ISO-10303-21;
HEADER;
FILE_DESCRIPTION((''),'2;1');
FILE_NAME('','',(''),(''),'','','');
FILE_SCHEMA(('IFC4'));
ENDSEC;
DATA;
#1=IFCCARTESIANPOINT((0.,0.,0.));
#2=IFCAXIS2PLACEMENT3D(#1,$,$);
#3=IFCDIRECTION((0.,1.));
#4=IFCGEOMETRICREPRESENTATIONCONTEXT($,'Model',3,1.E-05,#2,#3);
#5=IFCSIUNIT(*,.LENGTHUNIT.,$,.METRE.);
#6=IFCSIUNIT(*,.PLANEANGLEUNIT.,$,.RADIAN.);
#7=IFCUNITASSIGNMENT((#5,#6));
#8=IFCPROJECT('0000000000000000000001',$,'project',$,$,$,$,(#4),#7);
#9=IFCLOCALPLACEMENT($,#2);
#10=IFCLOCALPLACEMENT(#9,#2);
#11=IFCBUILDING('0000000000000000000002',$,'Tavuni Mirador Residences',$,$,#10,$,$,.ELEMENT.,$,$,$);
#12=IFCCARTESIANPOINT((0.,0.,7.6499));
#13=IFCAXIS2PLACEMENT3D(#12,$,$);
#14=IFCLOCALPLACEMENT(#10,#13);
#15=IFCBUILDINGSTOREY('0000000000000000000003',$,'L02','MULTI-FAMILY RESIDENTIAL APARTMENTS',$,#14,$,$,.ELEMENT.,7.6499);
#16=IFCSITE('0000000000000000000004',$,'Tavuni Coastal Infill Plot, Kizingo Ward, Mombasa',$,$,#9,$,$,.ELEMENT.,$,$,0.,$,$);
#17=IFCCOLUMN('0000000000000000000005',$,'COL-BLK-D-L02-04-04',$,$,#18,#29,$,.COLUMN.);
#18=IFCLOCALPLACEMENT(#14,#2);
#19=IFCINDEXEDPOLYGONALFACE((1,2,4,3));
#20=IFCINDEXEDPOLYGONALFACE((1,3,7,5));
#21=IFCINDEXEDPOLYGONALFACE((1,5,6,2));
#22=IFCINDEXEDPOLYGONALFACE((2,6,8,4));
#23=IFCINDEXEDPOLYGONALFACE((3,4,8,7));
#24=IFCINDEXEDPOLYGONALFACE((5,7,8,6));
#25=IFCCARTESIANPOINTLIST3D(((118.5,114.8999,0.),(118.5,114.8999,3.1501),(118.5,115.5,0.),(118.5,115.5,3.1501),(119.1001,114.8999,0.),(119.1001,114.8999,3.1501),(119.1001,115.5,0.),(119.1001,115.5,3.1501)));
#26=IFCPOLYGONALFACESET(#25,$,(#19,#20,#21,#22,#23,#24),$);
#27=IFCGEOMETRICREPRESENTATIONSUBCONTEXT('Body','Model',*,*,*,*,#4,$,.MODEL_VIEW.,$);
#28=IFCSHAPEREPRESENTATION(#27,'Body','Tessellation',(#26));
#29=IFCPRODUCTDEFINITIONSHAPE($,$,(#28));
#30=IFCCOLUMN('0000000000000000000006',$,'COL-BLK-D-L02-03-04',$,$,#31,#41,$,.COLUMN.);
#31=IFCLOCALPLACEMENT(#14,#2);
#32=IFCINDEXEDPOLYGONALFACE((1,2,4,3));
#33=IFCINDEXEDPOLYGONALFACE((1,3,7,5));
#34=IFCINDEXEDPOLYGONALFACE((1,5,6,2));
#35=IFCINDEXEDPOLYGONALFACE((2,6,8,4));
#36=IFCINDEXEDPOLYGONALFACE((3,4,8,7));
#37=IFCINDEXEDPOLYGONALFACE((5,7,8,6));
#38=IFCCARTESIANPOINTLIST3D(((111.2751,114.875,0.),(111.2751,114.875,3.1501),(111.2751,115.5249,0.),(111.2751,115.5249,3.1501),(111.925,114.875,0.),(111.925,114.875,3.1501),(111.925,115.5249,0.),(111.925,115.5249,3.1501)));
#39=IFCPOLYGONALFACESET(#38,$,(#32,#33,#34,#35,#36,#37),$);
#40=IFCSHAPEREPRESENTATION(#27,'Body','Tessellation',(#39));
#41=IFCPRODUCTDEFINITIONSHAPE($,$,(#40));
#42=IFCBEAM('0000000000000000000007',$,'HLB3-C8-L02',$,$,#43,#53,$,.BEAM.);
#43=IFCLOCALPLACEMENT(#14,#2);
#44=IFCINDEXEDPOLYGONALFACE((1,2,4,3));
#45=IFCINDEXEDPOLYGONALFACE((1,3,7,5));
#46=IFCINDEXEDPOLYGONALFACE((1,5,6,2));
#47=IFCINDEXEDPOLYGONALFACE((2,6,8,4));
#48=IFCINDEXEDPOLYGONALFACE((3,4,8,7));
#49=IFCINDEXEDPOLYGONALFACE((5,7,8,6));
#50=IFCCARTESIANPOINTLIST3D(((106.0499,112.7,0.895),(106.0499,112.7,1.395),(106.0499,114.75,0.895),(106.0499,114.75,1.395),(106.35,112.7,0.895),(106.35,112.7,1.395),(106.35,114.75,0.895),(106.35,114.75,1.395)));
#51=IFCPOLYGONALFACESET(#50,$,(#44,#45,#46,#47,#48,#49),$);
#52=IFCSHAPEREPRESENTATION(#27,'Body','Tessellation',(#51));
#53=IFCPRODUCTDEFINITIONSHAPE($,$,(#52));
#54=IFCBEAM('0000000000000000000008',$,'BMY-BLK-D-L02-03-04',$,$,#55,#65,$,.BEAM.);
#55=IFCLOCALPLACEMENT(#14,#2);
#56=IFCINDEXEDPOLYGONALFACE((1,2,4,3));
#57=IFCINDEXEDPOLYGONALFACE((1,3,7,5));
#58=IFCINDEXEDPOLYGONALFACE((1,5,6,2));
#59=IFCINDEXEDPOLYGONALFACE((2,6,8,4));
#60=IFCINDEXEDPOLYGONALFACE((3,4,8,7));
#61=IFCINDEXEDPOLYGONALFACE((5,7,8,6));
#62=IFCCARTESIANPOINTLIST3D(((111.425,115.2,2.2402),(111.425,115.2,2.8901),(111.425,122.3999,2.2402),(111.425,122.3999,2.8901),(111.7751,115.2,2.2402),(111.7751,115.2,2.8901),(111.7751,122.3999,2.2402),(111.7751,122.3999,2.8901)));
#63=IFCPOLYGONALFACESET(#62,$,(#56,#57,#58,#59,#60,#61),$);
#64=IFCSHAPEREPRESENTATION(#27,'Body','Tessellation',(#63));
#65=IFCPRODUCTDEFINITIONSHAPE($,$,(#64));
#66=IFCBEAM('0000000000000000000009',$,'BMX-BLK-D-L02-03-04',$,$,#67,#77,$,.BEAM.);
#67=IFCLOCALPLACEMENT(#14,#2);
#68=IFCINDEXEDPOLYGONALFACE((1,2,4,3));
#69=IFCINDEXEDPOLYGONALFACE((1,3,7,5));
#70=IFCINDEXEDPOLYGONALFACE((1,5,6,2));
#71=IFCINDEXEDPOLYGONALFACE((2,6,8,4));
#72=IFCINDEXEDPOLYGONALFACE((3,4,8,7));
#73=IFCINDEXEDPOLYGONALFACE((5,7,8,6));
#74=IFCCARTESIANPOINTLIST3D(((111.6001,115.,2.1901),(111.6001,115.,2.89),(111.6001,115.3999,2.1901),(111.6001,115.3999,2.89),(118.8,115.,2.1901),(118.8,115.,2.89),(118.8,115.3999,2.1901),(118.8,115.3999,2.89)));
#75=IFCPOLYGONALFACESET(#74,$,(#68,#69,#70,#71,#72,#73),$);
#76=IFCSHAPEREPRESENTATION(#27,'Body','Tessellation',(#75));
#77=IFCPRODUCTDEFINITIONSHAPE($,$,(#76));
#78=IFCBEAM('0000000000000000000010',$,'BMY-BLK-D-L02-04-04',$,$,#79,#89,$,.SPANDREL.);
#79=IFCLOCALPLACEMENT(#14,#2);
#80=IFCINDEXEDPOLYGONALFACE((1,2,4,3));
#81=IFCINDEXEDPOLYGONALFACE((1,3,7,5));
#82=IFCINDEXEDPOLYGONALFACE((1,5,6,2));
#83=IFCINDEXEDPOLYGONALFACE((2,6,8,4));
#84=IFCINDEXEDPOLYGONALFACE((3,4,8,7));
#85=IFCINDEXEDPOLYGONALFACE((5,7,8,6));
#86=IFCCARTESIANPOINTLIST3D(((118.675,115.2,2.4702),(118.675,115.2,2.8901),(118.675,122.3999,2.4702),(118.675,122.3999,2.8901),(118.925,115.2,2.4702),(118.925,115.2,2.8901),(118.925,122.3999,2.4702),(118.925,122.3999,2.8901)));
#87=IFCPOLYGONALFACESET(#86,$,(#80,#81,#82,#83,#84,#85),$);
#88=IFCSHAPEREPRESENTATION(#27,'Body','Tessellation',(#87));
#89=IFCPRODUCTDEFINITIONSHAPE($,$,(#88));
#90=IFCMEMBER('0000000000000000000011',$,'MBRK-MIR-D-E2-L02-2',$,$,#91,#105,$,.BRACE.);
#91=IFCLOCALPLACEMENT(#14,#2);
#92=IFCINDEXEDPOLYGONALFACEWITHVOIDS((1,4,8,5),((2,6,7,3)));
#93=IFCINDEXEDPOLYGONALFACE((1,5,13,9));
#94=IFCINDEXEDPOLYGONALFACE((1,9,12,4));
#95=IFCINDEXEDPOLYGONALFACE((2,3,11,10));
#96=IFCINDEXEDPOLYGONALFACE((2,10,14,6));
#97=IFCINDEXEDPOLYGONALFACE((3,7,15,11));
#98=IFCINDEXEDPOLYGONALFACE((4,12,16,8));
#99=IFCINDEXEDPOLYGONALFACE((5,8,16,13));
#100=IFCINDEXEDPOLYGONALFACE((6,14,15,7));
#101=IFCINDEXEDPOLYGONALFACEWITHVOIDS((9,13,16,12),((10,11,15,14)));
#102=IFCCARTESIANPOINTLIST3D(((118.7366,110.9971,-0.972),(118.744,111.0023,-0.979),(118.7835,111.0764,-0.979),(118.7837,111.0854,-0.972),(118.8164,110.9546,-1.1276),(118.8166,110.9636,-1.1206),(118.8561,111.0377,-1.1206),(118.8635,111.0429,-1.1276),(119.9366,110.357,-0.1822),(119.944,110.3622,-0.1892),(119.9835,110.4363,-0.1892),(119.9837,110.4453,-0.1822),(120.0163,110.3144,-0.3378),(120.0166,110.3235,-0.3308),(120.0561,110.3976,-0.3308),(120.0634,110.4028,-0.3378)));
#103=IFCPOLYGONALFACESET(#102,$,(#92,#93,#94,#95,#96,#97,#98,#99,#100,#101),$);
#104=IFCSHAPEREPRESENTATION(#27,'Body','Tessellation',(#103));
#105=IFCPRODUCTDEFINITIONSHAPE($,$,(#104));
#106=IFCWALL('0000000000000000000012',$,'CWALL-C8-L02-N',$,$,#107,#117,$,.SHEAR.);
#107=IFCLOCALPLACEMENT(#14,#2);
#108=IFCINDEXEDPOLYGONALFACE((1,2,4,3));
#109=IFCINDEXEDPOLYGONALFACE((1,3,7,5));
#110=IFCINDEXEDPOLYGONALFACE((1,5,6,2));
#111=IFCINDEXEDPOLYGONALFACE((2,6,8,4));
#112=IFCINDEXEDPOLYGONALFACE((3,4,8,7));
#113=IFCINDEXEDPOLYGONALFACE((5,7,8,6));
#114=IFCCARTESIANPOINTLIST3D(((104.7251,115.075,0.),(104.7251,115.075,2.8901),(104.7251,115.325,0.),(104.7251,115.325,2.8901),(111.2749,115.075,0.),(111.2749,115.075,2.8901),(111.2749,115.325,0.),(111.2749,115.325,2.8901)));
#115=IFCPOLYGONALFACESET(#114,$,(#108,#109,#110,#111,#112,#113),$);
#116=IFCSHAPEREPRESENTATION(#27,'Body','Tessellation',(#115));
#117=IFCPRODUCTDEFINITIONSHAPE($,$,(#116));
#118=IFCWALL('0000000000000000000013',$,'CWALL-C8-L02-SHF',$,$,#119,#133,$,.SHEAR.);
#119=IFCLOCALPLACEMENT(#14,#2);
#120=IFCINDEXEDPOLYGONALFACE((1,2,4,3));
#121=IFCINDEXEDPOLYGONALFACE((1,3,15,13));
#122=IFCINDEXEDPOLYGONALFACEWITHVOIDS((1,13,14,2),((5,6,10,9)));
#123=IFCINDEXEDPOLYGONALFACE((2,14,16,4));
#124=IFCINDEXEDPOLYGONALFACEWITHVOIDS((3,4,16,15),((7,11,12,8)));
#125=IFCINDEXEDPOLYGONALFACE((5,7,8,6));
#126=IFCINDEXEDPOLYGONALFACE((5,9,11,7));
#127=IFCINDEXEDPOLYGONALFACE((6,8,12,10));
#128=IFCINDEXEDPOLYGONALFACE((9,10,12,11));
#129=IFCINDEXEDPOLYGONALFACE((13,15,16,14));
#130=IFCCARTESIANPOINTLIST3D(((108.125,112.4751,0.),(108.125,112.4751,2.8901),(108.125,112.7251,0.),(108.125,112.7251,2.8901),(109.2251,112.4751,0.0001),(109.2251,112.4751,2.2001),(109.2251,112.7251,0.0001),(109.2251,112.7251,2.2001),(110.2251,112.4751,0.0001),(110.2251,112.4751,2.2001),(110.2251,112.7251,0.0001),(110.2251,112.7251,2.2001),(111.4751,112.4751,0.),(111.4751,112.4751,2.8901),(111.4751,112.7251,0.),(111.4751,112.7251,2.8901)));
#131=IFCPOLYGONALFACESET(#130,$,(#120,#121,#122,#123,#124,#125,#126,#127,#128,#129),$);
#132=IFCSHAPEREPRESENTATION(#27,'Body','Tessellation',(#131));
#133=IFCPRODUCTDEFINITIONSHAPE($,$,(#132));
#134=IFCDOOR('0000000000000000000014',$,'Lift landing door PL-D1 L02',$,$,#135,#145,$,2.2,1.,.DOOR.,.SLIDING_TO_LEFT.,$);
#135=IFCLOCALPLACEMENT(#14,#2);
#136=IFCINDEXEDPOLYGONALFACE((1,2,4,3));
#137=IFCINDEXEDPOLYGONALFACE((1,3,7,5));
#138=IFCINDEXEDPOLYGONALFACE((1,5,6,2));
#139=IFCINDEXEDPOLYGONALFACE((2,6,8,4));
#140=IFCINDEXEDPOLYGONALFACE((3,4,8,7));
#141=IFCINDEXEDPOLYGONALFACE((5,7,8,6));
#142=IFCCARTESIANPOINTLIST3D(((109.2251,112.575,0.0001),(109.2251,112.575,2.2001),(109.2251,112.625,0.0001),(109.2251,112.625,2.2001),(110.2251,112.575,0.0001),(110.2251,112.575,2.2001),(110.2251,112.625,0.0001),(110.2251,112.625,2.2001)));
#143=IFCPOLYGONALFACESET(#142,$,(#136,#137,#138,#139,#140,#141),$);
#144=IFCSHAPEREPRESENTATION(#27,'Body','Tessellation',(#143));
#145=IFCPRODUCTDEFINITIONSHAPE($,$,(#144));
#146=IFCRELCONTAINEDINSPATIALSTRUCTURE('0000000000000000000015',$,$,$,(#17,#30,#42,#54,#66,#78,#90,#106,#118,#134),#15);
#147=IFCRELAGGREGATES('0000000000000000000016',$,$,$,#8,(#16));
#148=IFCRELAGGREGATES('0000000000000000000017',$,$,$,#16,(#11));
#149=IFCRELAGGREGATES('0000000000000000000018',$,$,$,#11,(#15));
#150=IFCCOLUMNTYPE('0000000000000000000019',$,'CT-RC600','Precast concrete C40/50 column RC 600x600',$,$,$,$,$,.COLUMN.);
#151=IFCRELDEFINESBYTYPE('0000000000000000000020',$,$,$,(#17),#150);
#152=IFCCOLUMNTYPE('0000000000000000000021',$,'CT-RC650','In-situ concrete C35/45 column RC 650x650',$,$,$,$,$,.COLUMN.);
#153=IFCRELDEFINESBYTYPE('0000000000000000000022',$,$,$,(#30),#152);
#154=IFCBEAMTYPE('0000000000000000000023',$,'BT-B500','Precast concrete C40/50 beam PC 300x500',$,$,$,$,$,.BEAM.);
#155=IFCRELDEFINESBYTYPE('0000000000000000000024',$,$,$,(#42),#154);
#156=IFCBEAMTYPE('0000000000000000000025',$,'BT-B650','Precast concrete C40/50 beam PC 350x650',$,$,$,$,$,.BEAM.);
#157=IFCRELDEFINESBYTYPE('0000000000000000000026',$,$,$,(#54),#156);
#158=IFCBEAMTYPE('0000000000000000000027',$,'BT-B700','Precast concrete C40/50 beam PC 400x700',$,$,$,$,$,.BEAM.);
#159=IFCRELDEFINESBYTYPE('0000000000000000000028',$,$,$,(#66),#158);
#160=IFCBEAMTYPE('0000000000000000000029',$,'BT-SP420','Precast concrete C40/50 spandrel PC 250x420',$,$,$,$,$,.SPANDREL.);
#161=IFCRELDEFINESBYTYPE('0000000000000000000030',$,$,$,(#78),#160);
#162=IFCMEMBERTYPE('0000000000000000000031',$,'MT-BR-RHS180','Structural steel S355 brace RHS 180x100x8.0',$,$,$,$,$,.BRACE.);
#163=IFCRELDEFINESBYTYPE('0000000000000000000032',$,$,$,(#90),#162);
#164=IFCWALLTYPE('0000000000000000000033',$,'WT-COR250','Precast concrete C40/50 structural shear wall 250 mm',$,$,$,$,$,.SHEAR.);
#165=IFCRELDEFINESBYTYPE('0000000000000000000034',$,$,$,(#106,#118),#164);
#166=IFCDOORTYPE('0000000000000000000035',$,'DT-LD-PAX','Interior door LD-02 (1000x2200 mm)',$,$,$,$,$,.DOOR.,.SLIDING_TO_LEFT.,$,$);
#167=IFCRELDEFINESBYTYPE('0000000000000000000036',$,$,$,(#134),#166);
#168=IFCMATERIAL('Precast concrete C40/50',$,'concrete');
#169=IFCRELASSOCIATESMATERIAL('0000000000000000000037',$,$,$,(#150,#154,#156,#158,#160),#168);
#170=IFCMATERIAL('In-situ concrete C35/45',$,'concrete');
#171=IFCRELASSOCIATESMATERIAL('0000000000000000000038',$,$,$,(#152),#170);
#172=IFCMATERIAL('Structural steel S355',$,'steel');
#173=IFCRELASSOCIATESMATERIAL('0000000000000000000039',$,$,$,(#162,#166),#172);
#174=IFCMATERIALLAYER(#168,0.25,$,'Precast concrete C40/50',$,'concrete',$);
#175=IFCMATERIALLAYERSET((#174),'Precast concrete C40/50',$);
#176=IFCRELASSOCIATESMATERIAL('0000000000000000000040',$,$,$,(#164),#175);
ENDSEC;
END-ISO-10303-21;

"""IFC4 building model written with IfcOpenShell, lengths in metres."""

from ifc_helpers import new_model, si_unit, direction, frame, frame_2d, origin, origin_2d, place, context, subcontext, project, spatial, rectangle, hollow_rectangle, extrude, material, layer, layer_set, material_profile, profile_set, type_object, element, fill, save


model = new_model("IFC4")

# Units and contexts
model_context = context("Model", 3, precision=1e-05, world=origin(), true_north=direction((0.0, 1.0)))
body_context = subcontext(model_context, "Body", "Model", "MODEL_VIEW")
ifc_project = project(units=[si_unit("LENGTHUNIT", "METRE"), si_unit("PLANEANGLEUNIT", "RADIAN")], contexts=[model_context])

# Site, building, storey
site_placement = place(None, origin())
site = spatial("IfcSite", under=ifc_project, at=site_placement, Name="Tavuni Coastal Infill Plot, Kizingo Ward, Mombasa", CompositionType="ELEMENT", RefElevation=0.0)
building_placement = place(site_placement, origin())
building = spatial("IfcBuilding", under=site, at=building_placement, Name="Tavuni Mirador Residences", CompositionType="ELEMENT")
storey_placement = place(building_placement, frame((0.0, 0.0, 7.6499)))
storey = spatial("IfcBuildingStorey", under=building, at=storey_placement, Name="L02", Description="MULTI-FAMILY RESIDENTIAL APARTMENTS", CompositionType="ELEMENT", Elevation=7.6499)

# Columns
ifc_material_1 = material(Name="Precast concrete C40/50", Category="concrete")
ifc_material_profile_1 = material_profile(ifc_material_1, rectangle(XDim=0.6001, YDim=0.6001, at=origin_2d()), Name="RC 600x600", Category="concrete")
ifc_profile_set_1 = profile_set([ifc_material_profile_1], Name="Precast concrete C40/50")
column_type_1 = type_object("IfcColumnType", Name="CT-RC600", Description="Precast concrete C40/50 column RC 600x600", PredefinedType="COLUMN", material=ifc_profile_set_1)
column_1_placement = place(storey_placement, frame((118.8, 115.2, 0.0), z_axis=(0.0, 0.0, 1.0), x_axis=(1.0, 0.0, 0.0)))
element("IfcColumn", 1, at=column_1_placement, inside=storey, type_object=column_type_1, Name="COL-BLK-D-L02-04-04", PredefinedType="COLUMN", context=body_context, shape_type="SweptSolid", body=[
    extrude(rectangle(XDim=0.6001, YDim=0.6001, at=origin_2d()), origin(), (0.0, 0.0, 1.0), 3.1501),
])
ifc_material_2 = material(Name="In-situ concrete C35/45", Category="concrete")
ifc_material_profile_2 = material_profile(ifc_material_2, rectangle(XDim=0.6499, YDim=0.6499, at=origin_2d()), Name="RC 650x650", Category="concrete")
ifc_profile_set_2 = profile_set([ifc_material_profile_2], Name="In-situ concrete C35/45")
column_type_2 = type_object("IfcColumnType", Name="CT-RC650", Description="In-situ concrete C35/45 column RC 650x650", PredefinedType="COLUMN", material=ifc_profile_set_2)
column_2_placement = place(storey_placement, frame((111.6001, 115.2, 0.0), z_axis=(0.0, 0.0, 1.0), x_axis=(1.0, 0.0, 0.0)))
element("IfcColumn", 2, at=column_2_placement, inside=storey, type_object=column_type_2, Name="COL-BLK-D-L02-03-04", PredefinedType="COLUMN", context=body_context, shape_type="SweptSolid", body=[
    extrude(rectangle(XDim=0.6499, YDim=0.6499, at=origin_2d()), origin(), (0.0, 0.0, 1.0), 3.1501),
])

# Beams
ifc_material_profile_3 = material_profile(ifc_material_1, rectangle(XDim=0.3, YDim=0.5, at=origin_2d()), Name="PC 300x500", Category="concrete")
ifc_profile_set_3 = profile_set([ifc_material_profile_3], Name="Precast concrete C40/50")
beam_type_1 = type_object("IfcBeamType", Name="BT-B500", Description="Precast concrete C40/50 beam PC 300x500", PredefinedType="BEAM", material=ifc_profile_set_3)
beam_1_placement = place(storey_placement, frame((106.2, 112.7, 1.145), z_axis=(0.0, 1.0, 0.0), x_axis=(-1.0, 0.0, 0.0)))
element("IfcBeam", 3, at=beam_1_placement, inside=storey, type_object=beam_type_1, Name="HLB3-C8-L02", PredefinedType="BEAM", context=body_context, shape_type="SweptSolid", body=[
    extrude(rectangle(XDim=0.3, YDim=0.5, at=origin_2d()), origin(), (0.0, 0.0, 1.0), 2.05),
])
ifc_material_profile_4 = material_profile(ifc_material_1, rectangle(XDim=0.3501, YDim=0.6499, at=origin_2d()), Name="PC 350x650", Category="concrete")
ifc_profile_set_4 = profile_set([ifc_material_profile_4], Name="Precast concrete C40/50")
beam_type_2 = type_object("IfcBeamType", Name="BT-B650", Description="Precast concrete C40/50 beam PC 350x650", PredefinedType="BEAM", material=ifc_profile_set_4)
beam_2_placement = place(storey_placement, frame((111.6001, 115.2, 2.5652), z_axis=(0.0, 1.0, 0.0), x_axis=(-1.0, 0.0, 0.0)))
element("IfcBeam", 4, at=beam_2_placement, inside=storey, type_object=beam_type_2, Name="BMY-BLK-D-L02-03-04", PredefinedType="BEAM", context=body_context, shape_type="SweptSolid", body=[
    extrude(rectangle(XDim=0.3501, YDim=0.6499, at=origin_2d()), origin(), (0.0, 0.0, 1.0), 7.2),
])
ifc_material_profile_5 = material_profile(ifc_material_1, rectangle(XDim=0.3999, YDim=0.7, at=origin_2d()), Name="PC 400x700", Category="concrete")
ifc_profile_set_5 = profile_set([ifc_material_profile_5], Name="Precast concrete C40/50")
beam_type_3 = type_object("IfcBeamType", Name="BT-B700", Description="Precast concrete C40/50 beam PC 400x700", PredefinedType="BEAM", material=ifc_profile_set_5)
beam_3_placement = place(storey_placement, frame((111.6001, 115.2, 2.54), z_axis=(1.0, 0.0, 0.0), x_axis=(0.0, 1.0, 0.0)))
element("IfcBeam", 5, at=beam_3_placement, inside=storey, type_object=beam_type_3, Name="BMX-BLK-D-L02-03-04", PredefinedType="BEAM", context=body_context, shape_type="SweptSolid", body=[
    extrude(rectangle(XDim=0.3999, YDim=0.7, at=origin_2d()), origin(), (0.0, 0.0, 1.0), 7.2),
])
ifc_material_profile_6 = material_profile(ifc_material_1, rectangle(XDim=0.25, YDim=0.4199, at=origin_2d()), Name="PC 250x420", Category="concrete")
ifc_profile_set_6 = profile_set([ifc_material_profile_6], Name="Precast concrete C40/50")
beam_type_4 = type_object("IfcBeamType", Name="BT-SP420", Description="Precast concrete C40/50 spandrel PC 250x420", PredefinedType="SPANDREL", material=ifc_profile_set_6)
beam_4_placement = place(storey_placement, frame((118.8, 115.2, 2.6802), z_axis=(0.0, 1.0, 0.0), x_axis=(-1.0, 0.0, 0.0)))
element("IfcBeam", 6, at=beam_4_placement, inside=storey, type_object=beam_type_4, Name="BMY-BLK-D-L02-04-04", PredefinedType="SPANDREL", context=body_context, shape_type="SweptSolid", body=[
    extrude(rectangle(XDim=0.25, YDim=0.4199, at=origin_2d()), origin(), (0.0, 0.0, 1.0), 7.2),
])

# Member
ifc_material_3 = material(Name="Structural steel S355", Category="steel")
ifc_material_profile_7 = material_profile(ifc_material_3, hollow_rectangle(XDim=0.1001, YDim=0.1799, WallThickness=0.0081, at=origin_2d()), Name="RHS 180x100x8.0", Category="steel")
ifc_profile_set_7 = profile_set([ifc_material_profile_7], Name="Structural steel S355")
member_type = type_object("IfcMemberType", Name="MT-BR-RHS180", Description="Structural steel S355 brace RHS 180x100x8.0", PredefinedType="BRACE", material=ifc_profile_set_7)
member_placement = place(storey_placement, frame((118.8, 111.02, -1.0498), z_axis=(0.76298, -0.407026, 0.502186), x_axis=(0.470681, 0.882303, 0.0)))
element("IfcMember", 7, at=member_placement, inside=storey, type_object=member_type, Name="MBRK-MIR-D-E2-L02-2", PredefinedType="BRACE", context=body_context, shape_type="SweptSolid", body=[
    extrude(hollow_rectangle(XDim=0.1001, YDim=0.1799, WallThickness=0.0081, at=origin_2d()), origin(), (0.0, 0.0, 1.0), 1.5728),
])

# Wall
ifc_layer_1 = layer(ifc_material_1, 0.25, Name="Precast concrete C40/50", Category="concrete")
ifc_layer_set_1 = layer_set([ifc_layer_1], Name="Precast concrete C40/50")
wall_type_1 = type_object("IfcWallType", Name="WT-COR250", Description="Precast concrete C40/50 structural shear wall 250 mm", PredefinedType="SHEAR", material=ifc_layer_set_1)
wall_1_placement = place(storey_placement, frame((104.7251, 115.2, 0.0), z_axis=(0.0, 0.0, 1.0), x_axis=(1.0, 0.0, 0.0)))
element("IfcWall", 8, at=wall_1_placement, inside=storey, type_object=wall_type_1, Name="CWALL-C8-L02-N", PredefinedType="SHEAR", context=body_context, shape_type="SweptSolid", body=[
    extrude(rectangle(XDim=6.5498, YDim=0.25, at=frame_2d((3.2749, 0.0))), origin(), (0.0, 0.0, 1.0), 2.8901),
])

# Wall, opening, door
wall_2_placement = place(storey_placement, frame((108.125, 112.6001, 0.0), z_axis=(0.0, 0.0, 1.0), x_axis=(1.0, 0.0, 0.0)))
wall_2 = element("IfcWall", 9, at=wall_2_placement, inside=storey, type_object=wall_type_1, Name="CWALL-C8-L02-SHF", PredefinedType="SHEAR", context=body_context, shape_type="SweptSolid", body=[
    extrude(rectangle(XDim=3.3501, YDim=0.25, at=frame_2d((1.675, 0.0))), origin(), (0.0, 0.0, 1.0), 2.8901),
])
opening_1_placement = place(wall_2_placement, frame((1.1001, 0.0, 0.0)))
opening_1 = element("IfcOpeningElement", 10, at=opening_1_placement, cuts=wall_2, PredefinedType="OPENING", context=body_context, shape_type="SweptSolid", body=[
    extrude(rectangle(XDim=1.0, YDim=2.2, at=frame_2d((0.5, 1.1001))), frame((0.0, 0.135, 0.0), z_axis=(0.0, -1.0, 0.0), x_axis=(1.0, 0.0, 0.0)), (0.0, 0.0, 1.0), 0.27),
])
door_type_1 = type_object("IfcDoorType", Name="DT-LD-PAX", Description="Interior door LD-02 (1000x2200 mm)", OperationType="SLIDING_TO_LEFT", PredefinedType="DOOR", material=ifc_material_3)
door_1_placement = place(opening_1_placement, origin())
door_1 = element("IfcDoor", 11, at=door_1_placement, inside=storey, type_object=door_type_1, Name="Lift landing door PL-D1 L02", OperationType="SLIDING_TO_LEFT", OverallHeight=2.2, OverallWidth=1.0, PredefinedType="DOOR", context=body_context, shape_type="SweptSolid", body=[
    extrude(rectangle(XDim=1.0, YDim=2.2, at=frame_2d((0.5, 1.1001))), frame((0.0, 0.0249, 0.0), z_axis=(0.0, -1.0, 0.0), x_axis=(1.0, 0.0, 0.0)), (0.0, 0.0, 1.0), 0.05),
])
fill(opening_1, door_1)

save(model, "model.ifc")
